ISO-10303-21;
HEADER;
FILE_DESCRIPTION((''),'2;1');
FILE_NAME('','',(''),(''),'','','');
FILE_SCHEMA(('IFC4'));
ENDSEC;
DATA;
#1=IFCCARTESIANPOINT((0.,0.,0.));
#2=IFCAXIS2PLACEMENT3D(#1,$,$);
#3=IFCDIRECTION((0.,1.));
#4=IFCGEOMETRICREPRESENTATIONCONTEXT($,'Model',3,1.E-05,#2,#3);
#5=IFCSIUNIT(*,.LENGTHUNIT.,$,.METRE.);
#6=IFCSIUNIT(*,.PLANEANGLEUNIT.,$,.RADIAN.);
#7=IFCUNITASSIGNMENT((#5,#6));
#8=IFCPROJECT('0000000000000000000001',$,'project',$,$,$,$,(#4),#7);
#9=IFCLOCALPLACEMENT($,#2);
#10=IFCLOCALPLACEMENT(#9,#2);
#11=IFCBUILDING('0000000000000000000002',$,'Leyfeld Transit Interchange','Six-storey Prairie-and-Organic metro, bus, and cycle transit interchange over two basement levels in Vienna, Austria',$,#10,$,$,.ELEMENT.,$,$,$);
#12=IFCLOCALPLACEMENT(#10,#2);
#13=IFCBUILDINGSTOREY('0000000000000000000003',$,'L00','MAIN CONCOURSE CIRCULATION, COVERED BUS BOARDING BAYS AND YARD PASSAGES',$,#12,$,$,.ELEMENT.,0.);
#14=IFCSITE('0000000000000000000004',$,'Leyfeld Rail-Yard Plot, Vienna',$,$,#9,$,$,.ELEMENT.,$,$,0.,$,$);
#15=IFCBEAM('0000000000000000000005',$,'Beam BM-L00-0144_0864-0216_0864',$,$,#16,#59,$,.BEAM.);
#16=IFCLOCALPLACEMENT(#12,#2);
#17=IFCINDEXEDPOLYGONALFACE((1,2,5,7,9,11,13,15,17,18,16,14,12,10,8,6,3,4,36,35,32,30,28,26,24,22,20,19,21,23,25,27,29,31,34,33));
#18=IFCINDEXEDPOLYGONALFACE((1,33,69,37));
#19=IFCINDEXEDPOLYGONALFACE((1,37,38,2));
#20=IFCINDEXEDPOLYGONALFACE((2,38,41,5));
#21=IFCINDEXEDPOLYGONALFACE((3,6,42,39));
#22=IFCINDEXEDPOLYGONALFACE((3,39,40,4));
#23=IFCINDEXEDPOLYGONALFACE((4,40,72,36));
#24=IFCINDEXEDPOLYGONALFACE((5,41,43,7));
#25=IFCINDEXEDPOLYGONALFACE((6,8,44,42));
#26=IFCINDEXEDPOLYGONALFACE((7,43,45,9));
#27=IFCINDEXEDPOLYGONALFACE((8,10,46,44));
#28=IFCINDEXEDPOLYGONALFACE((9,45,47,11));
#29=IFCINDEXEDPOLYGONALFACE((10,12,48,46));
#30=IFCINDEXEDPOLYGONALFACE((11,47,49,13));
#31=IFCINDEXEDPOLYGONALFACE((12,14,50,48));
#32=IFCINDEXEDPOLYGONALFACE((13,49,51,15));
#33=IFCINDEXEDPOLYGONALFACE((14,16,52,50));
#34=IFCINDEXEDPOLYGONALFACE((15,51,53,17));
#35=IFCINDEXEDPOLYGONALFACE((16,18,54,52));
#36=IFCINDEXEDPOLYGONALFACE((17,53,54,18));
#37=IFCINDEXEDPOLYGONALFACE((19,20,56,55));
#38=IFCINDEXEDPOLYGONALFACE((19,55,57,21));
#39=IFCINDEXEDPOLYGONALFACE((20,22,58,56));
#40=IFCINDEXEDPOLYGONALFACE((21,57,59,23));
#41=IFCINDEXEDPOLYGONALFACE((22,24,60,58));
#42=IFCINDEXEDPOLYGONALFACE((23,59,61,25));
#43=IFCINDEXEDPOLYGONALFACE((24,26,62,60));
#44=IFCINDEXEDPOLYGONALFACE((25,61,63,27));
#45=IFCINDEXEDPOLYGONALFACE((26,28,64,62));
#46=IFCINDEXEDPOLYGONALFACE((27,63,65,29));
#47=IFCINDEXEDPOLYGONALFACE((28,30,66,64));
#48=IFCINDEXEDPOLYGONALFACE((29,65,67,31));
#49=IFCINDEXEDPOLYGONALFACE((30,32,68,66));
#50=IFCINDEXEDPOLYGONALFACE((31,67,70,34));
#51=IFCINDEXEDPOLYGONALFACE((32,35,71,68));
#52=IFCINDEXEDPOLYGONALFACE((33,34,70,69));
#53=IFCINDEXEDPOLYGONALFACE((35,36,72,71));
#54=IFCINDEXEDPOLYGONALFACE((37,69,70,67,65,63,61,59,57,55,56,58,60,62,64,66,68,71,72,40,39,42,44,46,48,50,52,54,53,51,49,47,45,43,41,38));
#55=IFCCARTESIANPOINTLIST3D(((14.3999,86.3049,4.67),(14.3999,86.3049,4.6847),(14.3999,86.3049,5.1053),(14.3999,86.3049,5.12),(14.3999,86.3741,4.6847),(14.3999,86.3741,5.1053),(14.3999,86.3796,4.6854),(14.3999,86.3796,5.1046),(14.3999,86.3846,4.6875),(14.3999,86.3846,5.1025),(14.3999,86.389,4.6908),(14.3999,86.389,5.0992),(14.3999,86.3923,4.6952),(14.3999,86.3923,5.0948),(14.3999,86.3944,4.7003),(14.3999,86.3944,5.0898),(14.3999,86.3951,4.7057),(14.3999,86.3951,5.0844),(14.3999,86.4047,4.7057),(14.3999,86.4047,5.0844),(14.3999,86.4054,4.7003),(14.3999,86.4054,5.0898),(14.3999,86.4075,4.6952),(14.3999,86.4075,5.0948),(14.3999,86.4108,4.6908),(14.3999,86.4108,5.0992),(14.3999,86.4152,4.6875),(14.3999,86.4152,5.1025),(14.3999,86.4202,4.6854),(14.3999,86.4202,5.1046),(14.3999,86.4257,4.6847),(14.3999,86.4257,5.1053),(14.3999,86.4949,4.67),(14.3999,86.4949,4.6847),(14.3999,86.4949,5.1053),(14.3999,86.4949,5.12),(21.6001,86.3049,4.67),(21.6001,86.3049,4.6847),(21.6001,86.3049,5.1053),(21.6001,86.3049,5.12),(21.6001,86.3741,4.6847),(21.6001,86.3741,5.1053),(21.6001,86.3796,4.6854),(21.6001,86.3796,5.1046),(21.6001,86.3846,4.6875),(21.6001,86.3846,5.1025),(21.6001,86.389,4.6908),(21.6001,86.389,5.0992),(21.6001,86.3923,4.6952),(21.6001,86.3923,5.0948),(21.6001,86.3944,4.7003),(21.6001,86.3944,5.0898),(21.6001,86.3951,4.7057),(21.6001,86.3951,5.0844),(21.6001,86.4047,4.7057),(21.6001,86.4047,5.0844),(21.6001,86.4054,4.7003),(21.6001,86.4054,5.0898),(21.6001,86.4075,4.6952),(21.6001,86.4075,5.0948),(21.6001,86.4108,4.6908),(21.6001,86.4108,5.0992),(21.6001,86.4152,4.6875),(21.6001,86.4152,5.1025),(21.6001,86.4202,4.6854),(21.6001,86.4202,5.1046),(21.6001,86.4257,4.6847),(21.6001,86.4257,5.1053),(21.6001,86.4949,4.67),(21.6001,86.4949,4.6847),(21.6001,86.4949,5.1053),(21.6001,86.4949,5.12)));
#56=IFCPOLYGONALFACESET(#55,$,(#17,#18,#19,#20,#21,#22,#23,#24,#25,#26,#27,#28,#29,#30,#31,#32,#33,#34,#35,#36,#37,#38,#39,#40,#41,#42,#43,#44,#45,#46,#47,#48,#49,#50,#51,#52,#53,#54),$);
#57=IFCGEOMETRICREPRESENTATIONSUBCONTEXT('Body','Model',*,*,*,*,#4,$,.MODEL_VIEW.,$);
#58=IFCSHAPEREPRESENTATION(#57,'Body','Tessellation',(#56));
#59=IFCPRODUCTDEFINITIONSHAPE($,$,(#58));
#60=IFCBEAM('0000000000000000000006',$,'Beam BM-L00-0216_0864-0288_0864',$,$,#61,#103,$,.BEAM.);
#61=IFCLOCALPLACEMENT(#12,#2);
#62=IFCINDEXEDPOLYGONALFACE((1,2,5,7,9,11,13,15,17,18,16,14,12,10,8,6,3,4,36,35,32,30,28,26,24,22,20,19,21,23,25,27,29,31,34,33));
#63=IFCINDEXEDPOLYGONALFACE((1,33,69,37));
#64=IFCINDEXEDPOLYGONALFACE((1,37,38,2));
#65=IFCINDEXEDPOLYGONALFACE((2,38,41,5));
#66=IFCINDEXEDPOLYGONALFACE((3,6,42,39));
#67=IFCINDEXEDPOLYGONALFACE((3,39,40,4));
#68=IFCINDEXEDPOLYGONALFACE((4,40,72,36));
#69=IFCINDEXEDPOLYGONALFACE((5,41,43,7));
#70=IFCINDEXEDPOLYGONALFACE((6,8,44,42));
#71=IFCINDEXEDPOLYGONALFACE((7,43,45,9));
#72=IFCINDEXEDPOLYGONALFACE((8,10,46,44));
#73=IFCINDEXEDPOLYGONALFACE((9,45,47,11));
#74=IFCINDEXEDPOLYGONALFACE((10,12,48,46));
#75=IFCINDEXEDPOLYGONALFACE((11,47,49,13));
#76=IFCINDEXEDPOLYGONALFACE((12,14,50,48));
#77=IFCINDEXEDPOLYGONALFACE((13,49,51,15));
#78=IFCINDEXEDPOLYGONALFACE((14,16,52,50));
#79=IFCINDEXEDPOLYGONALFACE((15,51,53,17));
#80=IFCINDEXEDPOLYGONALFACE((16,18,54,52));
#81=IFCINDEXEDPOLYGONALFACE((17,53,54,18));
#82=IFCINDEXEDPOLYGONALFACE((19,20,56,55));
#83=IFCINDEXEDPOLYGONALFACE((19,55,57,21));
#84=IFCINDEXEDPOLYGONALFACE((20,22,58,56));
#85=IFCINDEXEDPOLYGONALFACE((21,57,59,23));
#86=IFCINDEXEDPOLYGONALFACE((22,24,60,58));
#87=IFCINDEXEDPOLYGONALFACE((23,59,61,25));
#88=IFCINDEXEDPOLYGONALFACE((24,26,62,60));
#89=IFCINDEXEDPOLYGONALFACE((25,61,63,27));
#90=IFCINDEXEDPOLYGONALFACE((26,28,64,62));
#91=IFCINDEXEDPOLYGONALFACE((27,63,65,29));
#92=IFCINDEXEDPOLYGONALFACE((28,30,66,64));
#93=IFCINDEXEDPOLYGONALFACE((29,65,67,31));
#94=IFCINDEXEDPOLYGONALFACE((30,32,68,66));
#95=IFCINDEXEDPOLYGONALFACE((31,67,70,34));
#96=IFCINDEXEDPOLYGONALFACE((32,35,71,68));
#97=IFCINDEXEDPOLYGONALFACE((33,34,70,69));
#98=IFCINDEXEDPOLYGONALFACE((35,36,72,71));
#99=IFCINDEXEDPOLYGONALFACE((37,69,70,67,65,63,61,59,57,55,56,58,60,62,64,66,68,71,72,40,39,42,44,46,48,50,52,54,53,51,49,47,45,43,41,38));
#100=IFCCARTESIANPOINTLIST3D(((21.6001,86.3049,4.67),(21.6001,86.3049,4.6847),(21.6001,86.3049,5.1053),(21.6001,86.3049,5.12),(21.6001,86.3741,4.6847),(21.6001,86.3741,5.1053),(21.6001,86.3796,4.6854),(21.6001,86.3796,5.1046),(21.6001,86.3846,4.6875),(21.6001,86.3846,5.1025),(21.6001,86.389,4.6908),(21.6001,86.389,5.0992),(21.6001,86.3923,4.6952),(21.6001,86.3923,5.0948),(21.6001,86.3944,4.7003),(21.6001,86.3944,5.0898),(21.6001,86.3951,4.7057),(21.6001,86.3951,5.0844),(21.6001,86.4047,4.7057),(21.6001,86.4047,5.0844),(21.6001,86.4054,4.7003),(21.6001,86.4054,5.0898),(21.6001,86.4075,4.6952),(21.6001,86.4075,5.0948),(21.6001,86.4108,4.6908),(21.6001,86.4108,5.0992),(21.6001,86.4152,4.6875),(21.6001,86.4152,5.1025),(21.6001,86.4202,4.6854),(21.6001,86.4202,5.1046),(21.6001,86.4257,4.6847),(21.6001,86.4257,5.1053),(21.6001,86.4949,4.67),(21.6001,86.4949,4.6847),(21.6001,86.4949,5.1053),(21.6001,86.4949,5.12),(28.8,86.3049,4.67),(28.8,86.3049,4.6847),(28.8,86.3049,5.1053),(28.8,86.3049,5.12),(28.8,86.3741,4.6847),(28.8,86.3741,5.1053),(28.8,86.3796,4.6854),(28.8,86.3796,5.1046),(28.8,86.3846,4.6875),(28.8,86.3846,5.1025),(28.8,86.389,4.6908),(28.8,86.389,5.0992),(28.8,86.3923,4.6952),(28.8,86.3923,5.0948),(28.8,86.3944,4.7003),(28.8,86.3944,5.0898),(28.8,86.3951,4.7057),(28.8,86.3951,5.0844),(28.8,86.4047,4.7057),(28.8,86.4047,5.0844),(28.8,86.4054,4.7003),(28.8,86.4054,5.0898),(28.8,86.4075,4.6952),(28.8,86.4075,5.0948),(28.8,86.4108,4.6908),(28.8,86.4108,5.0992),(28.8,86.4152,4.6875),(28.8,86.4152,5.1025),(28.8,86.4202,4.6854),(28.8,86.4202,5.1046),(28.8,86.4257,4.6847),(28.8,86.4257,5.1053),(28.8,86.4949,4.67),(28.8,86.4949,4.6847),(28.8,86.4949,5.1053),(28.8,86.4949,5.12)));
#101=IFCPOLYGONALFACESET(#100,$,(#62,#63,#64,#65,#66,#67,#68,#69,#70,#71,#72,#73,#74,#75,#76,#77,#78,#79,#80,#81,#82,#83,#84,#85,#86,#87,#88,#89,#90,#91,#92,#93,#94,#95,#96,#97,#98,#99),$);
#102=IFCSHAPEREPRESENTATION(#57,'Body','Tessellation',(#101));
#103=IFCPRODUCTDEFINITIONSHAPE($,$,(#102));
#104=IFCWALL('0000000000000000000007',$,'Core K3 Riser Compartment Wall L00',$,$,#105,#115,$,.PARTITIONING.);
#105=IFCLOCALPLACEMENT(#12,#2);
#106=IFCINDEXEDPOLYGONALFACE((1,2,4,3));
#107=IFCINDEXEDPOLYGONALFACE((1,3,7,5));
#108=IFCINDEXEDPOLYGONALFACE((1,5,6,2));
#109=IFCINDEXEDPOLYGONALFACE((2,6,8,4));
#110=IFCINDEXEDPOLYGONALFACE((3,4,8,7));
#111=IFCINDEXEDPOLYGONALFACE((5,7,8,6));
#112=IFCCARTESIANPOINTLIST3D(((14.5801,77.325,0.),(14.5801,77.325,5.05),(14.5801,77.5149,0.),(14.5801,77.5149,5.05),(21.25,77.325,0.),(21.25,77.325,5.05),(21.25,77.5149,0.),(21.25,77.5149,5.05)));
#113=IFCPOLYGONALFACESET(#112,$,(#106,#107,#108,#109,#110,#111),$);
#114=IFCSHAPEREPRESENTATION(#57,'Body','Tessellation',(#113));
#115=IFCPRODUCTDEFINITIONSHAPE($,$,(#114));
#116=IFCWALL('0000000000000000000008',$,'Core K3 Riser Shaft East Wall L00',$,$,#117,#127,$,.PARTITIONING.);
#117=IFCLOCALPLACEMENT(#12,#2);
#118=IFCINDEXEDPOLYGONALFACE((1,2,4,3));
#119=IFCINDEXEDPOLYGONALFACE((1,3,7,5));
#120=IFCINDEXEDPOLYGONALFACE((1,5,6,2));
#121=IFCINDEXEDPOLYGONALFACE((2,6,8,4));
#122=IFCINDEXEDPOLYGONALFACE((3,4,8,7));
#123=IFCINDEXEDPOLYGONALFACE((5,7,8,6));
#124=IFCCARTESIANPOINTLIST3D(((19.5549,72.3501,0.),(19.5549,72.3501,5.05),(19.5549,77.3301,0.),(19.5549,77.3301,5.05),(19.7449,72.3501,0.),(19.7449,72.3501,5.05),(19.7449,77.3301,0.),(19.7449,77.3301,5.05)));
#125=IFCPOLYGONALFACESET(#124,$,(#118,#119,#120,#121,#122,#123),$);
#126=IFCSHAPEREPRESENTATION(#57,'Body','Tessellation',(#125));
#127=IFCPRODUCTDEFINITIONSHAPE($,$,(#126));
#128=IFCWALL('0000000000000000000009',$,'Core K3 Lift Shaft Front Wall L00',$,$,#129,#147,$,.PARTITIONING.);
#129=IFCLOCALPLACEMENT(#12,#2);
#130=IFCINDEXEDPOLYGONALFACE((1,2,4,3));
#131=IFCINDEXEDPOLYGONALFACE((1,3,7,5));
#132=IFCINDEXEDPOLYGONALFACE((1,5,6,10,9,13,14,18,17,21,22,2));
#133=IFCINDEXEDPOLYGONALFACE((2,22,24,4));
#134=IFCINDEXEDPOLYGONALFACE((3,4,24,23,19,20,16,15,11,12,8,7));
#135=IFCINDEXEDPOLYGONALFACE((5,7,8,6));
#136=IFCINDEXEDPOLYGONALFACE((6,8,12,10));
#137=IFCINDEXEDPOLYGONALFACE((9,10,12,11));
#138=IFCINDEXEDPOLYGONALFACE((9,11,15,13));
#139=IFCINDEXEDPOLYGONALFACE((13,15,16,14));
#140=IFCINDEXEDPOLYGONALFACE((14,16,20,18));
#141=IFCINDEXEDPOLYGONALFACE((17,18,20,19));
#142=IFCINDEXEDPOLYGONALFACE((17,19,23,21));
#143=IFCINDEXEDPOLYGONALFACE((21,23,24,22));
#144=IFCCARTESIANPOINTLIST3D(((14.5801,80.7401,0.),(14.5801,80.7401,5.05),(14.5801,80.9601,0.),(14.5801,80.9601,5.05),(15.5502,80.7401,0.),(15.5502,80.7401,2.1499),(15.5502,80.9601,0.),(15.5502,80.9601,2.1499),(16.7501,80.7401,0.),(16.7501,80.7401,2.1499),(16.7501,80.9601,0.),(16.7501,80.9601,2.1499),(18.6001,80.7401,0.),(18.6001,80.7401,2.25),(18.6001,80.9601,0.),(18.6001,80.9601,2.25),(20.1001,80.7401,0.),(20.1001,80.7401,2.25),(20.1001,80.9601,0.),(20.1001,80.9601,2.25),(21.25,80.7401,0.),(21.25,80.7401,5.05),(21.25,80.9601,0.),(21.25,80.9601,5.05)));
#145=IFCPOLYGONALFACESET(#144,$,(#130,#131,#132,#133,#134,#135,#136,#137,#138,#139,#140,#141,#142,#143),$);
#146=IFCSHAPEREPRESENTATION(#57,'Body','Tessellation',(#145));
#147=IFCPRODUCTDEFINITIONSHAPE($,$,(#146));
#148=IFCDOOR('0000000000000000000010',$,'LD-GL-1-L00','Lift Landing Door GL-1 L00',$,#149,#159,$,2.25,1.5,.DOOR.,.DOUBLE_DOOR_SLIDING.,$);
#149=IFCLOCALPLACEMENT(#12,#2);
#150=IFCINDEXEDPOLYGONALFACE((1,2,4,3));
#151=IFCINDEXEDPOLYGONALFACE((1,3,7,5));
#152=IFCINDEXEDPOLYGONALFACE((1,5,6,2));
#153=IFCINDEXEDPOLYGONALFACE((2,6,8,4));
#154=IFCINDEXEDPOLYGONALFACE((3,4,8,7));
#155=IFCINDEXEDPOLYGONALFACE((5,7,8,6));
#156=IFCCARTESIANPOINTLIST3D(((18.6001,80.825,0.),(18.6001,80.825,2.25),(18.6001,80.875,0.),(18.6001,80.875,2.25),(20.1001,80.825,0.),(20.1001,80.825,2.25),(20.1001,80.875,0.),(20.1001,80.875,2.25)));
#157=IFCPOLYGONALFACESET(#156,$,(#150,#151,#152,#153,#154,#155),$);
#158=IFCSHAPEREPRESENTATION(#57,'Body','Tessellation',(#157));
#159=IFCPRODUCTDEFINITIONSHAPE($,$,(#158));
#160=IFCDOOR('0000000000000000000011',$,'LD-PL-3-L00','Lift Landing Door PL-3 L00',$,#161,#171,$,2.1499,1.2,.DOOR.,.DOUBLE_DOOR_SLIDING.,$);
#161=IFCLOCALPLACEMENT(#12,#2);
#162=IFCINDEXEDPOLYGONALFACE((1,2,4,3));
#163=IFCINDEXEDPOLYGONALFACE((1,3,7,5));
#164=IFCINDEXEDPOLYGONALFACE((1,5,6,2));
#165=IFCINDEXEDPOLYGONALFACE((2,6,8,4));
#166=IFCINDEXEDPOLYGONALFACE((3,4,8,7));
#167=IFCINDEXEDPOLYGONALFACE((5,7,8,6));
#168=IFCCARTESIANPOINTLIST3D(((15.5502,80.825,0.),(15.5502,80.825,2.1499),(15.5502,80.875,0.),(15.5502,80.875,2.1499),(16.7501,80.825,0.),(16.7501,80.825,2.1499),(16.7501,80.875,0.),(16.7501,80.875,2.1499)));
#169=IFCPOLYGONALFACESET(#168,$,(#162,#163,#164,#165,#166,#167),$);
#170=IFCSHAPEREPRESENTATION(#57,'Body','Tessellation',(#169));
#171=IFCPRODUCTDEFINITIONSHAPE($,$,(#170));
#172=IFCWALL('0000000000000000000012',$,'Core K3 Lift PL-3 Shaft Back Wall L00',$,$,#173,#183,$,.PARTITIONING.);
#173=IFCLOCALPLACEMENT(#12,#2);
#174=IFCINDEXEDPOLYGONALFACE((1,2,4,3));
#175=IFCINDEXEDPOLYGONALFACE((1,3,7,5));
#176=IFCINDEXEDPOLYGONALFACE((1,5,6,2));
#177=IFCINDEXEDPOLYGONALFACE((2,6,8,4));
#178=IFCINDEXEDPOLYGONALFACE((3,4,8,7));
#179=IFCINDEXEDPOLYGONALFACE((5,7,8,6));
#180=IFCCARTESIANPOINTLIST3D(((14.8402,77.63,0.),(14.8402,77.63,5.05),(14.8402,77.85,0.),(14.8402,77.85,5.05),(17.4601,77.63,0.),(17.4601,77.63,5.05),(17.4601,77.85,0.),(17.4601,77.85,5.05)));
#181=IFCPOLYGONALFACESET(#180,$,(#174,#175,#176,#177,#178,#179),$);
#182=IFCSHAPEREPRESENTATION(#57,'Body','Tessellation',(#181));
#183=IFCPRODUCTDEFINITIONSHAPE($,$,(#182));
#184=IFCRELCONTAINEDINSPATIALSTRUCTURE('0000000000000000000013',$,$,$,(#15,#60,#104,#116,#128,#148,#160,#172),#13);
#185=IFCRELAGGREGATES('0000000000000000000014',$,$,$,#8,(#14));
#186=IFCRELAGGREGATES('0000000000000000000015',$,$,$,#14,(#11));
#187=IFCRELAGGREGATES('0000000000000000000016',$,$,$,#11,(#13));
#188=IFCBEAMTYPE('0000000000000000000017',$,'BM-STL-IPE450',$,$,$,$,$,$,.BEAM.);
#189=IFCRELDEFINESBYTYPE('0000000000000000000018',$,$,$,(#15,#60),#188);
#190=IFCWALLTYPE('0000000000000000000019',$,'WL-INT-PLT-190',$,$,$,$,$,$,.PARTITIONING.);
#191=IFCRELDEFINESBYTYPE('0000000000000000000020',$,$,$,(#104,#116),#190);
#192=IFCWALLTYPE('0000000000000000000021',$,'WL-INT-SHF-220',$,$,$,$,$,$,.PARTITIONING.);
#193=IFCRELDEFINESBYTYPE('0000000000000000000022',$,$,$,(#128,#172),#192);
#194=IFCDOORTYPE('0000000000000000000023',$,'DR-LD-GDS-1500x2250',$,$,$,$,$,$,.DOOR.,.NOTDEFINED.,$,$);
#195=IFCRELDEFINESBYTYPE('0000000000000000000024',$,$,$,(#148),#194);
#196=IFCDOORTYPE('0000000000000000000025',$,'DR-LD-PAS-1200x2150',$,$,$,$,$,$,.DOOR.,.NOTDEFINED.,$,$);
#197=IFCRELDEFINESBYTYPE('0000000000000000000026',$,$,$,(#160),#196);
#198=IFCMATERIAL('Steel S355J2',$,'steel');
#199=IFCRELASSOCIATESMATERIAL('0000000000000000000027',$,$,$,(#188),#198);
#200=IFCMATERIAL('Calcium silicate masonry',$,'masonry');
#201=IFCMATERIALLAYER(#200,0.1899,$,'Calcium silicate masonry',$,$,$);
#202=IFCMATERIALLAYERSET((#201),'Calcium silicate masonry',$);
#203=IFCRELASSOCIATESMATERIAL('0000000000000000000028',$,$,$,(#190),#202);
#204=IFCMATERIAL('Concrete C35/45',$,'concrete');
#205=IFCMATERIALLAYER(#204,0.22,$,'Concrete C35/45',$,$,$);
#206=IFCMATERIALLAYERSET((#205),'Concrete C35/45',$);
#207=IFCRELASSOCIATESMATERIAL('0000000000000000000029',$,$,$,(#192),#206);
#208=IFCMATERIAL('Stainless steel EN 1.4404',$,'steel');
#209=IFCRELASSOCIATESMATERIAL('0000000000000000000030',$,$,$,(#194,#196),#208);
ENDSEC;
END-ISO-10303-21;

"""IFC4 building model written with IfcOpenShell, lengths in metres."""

from ifc_helpers import new_model, si_unit, direction, frame, frame_2d, origin, origin_2d, place, context, subcontext, project, spatial, rectangle, i_section, extrude, material, layer, layer_set, material_profile, profile_set, type_object, element, fill, save


model = new_model("IFC4")

# Units and contexts
model_context = context("Model", 3, precision=1e-05, world=origin(), true_north=direction((0.0, 1.0)))
body_context = subcontext(model_context, "Body", "Model", "MODEL_VIEW")
ifc_project = project(units=[si_unit("LENGTHUNIT", "METRE"), si_unit("PLANEANGLEUNIT", "RADIAN")], contexts=[model_context])

# Site, building, storey
site_placement = place(None, origin())
site = spatial("IfcSite", under=ifc_project, at=site_placement, Name="Leyfeld Rail-Yard Plot, Vienna", CompositionType="ELEMENT", RefElevation=0.0)
building_placement = place(site_placement, origin())
building = spatial("IfcBuilding", under=site, at=building_placement, Name="Leyfeld Transit Interchange", Description="Six-storey Prairie-and-Organic metro, bus, and cycle transit interchange over two basement levels in Vienna, Austria", CompositionType="ELEMENT")
storey_placement = place(building_placement, origin())
storey = spatial("IfcBuildingStorey", under=building, at=storey_placement, Name="L00", Description="MAIN CONCOURSE CIRCULATION, COVERED BUS BOARDING BAYS AND YARD PASSAGES", CompositionType="ELEMENT", Elevation=0.0)

# Shared definitions
ifc_material_1 = material(Name="Concrete C35/45", Category="concrete")

# Beams
ifc_material_2 = material(Name="Steel S355J2", Category="steel")
ifc_material_profile_1 = material_profile(ifc_material_2, i_section(OverallWidth=0.1899, OverallDepth=0.45, WebThickness=0.0095, FlangeThickness=0.0146, FilletRadius=0.021, at=origin_2d()), Name="IPE 450")
ifc_profile_set_1 = profile_set([ifc_material_profile_1], Name="Steel S355J2")
beam_type_1 = type_object("IfcBeamType", Name="BM-STL-IPE450", PredefinedType="BEAM", material=ifc_profile_set_1)
beam_1_placement = place(storey_placement, frame((14.3999, 86.3999, 4.895), z_axis=(1.0, 0.0, 0.0), x_axis=(0.0, 1.0, 0.0)))
element("IfcBeam", 1, at=beam_1_placement, inside=storey, type_object=beam_type_1, Name="Beam BM-L00-0144_0864-0216_0864", PredefinedType="BEAM", context=body_context, shape_type="SweptSolid", body=[
    extrude(i_section(OverallWidth=0.1899, OverallDepth=0.45, WebThickness=0.0095, FlangeThickness=0.0146, FilletRadius=0.021, at=origin_2d()), origin(), (0.0, 0.0, 1.0), 7.2002),
])
beam_2_placement = place(storey_placement, frame((21.6001, 86.3999, 4.895), z_axis=(1.0, 0.0, 0.0), x_axis=(0.0, 1.0, 0.0)))
element("IfcBeam", 2, at=beam_2_placement, inside=storey, type_object=beam_type_1, Name="Beam BM-L00-0216_0864-0288_0864", PredefinedType="BEAM", context=body_context, shape_type="SweptSolid", body=[
    extrude(i_section(OverallWidth=0.1899, OverallDepth=0.45, WebThickness=0.0095, FlangeThickness=0.0146, FilletRadius=0.021, at=origin_2d()), origin(), (0.0, 0.0, 1.0), 7.2),
])

# Walls
ifc_material_3 = material(Name="Calcium silicate masonry", Category="masonry")
ifc_layer_1 = layer(ifc_material_3, 0.1899, Name="Calcium silicate masonry")
ifc_layer_set_1 = layer_set([ifc_layer_1], Name="Calcium silicate masonry")
wall_type_1 = type_object("IfcWallType", Name="WL-INT-PLT-190", PredefinedType="PARTITIONING", material=ifc_layer_set_1)
wall_1_placement = place(storey_placement, frame((14.5801, 77.4199, 0.0), z_axis=(0.0, 0.0, 1.0), x_axis=(1.0, 0.0, 0.0)))
element("IfcWall", 3, at=wall_1_placement, inside=storey, type_object=wall_type_1, Name="Core K3 Riser Compartment Wall L00", PredefinedType="PARTITIONING", context=body_context, shape_type="SweptSolid", body=[
    extrude(rectangle(XDim=6.6699, YDim=0.1899, at=frame_2d((3.335, 0.0))), origin(), (0.0, 0.0, 1.0), 5.05),
])
wall_2_placement = place(storey_placement, frame((19.6499, 72.3501, 0.0), z_axis=(0.0, 0.0, 1.0), x_axis=(0.0, 1.0, 0.0)))
element("IfcWall", 4, at=wall_2_placement, inside=storey, type_object=wall_type_1, Name="Core K3 Riser Shaft East Wall L00", PredefinedType="PARTITIONING", context=body_context, shape_type="SweptSolid", body=[
    extrude(rectangle(XDim=4.98, YDim=0.1899, at=frame_2d((2.49, 0.0))), origin(), (0.0, 0.0, 1.0), 5.05),
])

# Wall, openings, doors
ifc_layer_2 = layer(ifc_material_1, 0.22, Name="Concrete C35/45")
ifc_layer_set_2 = layer_set([ifc_layer_2], Name="Concrete C35/45")
wall_type_2 = type_object("IfcWallType", Name="WL-INT-SHF-220", PredefinedType="PARTITIONING", material=ifc_layer_set_2)
wall_3_placement = place(storey_placement, frame((14.5801, 80.8501, 0.0), z_axis=(0.0, 0.0, 1.0), x_axis=(1.0, 0.0, 0.0)))
wall_3 = element("IfcWall", 5, at=wall_3_placement, inside=storey, type_object=wall_type_2, Name="Core K3 Lift Shaft Front Wall L00", PredefinedType="PARTITIONING", context=body_context, shape_type="SweptSolid", body=[
    extrude(rectangle(XDim=6.6699, YDim=0.22, at=frame_2d((3.335, 0.0))), origin(), (0.0, 0.0, 1.0), 5.05),
])
opening_1_placement = place(wall_3_placement, frame((0.97, 0.0, 0.0)))
opening_1 = element("IfcOpeningElement", 6, at=opening_1_placement, cuts=wall_3, PredefinedType="OPENING", context=body_context, shape_type="SweptSolid", body=[
    extrude(rectangle(XDim=1.2, YDim=2.1499, at=frame_2d((0.6001, 1.075))), frame((0.0, 0.1199, 0.0), z_axis=(0.0, -1.0, 0.0), x_axis=(1.0, 0.0, 0.0)), (0.0, 0.0, 1.0), 0.24),
])
opening_2_placement = place(wall_3_placement, frame((4.02, 0.0, 0.0)))
opening_2 = element("IfcOpeningElement", 7, at=opening_2_placement, cuts=wall_3, PredefinedType="OPENING", context=body_context, shape_type="SweptSolid", body=[
    extrude(rectangle(XDim=1.5, YDim=2.25, at=frame_2d((0.75, 1.125))), frame((0.0, 0.1199, 0.0), z_axis=(0.0, -1.0, 0.0), x_axis=(1.0, 0.0, 0.0)), (0.0, 0.0, 1.0), 0.24),
])
ifc_material_4 = material(Name="Stainless steel EN 1.4404", Category="steel")
door_type_1 = type_object("IfcDoorType", Name="DR-LD-GDS-1500x2250", OperationType="NOTDEFINED", PredefinedType="DOOR", material=ifc_material_4)
door_1_placement = place(opening_2_placement, origin())
door_1 = element("IfcDoor", 8, at=door_1_placement, inside=storey, type_object=door_type_1, Name="LD-GL-1-L00", Description="Lift Landing Door GL-1 L00", OperationType="DOUBLE_DOOR_SLIDING", OverallHeight=2.25, OverallWidth=1.5, PredefinedType="DOOR", context=body_context, shape_type="SweptSolid", body=[
    extrude(rectangle(XDim=1.5, YDim=2.25, at=frame_2d((0.75, 1.125))), frame((0.0, 0.0249, 0.0), z_axis=(0.0, -1.0, 0.0), x_axis=(1.0, 0.0, 0.0)), (0.0, 0.0, 1.0), 0.05),
])
fill(opening_2, door_1)
door_type_2 = type_object("IfcDoorType", Name="DR-LD-PAS-1200x2150", OperationType="NOTDEFINED", PredefinedType="DOOR", material=ifc_material_4)
door_2_placement = place(opening_1_placement, origin())
door_2 = element("IfcDoor", 9, at=door_2_placement, inside=storey, type_object=door_type_2, Name="LD-PL-3-L00", Description="Lift Landing Door PL-3 L00", OperationType="DOUBLE_DOOR_SLIDING", OverallHeight=2.1499, OverallWidth=1.2, PredefinedType="DOOR", context=body_context, shape_type="SweptSolid", body=[
    extrude(rectangle(XDim=1.2, YDim=2.1499, at=frame_2d((0.6001, 1.075))), frame((0.0, 0.0249, 0.0), z_axis=(0.0, -1.0, 0.0), x_axis=(1.0, 0.0, 0.0)), (0.0, 0.0, 1.0), 0.05),
])
fill(opening_1, door_2)

# Wall
wall_4_placement = place(storey_placement, frame((14.8401, 77.74, 0.0), z_axis=(0.0, 0.0, 1.0), x_axis=(1.0, 0.0, 0.0)))
element("IfcWall", 10, at=wall_4_placement, inside=storey, type_object=wall_type_2, Name="Core K3 Lift PL-3 Shaft Back Wall L00", PredefinedType="PARTITIONING", context=body_context, shape_type="SweptSolid", body=[
    extrude(rectangle(XDim=2.6199, YDim=0.22, at=frame_2d((1.3101, 0.0))), origin(), (0.0, 0.0, 1.0), 5.05),
])

save(model, "model.ifc")
